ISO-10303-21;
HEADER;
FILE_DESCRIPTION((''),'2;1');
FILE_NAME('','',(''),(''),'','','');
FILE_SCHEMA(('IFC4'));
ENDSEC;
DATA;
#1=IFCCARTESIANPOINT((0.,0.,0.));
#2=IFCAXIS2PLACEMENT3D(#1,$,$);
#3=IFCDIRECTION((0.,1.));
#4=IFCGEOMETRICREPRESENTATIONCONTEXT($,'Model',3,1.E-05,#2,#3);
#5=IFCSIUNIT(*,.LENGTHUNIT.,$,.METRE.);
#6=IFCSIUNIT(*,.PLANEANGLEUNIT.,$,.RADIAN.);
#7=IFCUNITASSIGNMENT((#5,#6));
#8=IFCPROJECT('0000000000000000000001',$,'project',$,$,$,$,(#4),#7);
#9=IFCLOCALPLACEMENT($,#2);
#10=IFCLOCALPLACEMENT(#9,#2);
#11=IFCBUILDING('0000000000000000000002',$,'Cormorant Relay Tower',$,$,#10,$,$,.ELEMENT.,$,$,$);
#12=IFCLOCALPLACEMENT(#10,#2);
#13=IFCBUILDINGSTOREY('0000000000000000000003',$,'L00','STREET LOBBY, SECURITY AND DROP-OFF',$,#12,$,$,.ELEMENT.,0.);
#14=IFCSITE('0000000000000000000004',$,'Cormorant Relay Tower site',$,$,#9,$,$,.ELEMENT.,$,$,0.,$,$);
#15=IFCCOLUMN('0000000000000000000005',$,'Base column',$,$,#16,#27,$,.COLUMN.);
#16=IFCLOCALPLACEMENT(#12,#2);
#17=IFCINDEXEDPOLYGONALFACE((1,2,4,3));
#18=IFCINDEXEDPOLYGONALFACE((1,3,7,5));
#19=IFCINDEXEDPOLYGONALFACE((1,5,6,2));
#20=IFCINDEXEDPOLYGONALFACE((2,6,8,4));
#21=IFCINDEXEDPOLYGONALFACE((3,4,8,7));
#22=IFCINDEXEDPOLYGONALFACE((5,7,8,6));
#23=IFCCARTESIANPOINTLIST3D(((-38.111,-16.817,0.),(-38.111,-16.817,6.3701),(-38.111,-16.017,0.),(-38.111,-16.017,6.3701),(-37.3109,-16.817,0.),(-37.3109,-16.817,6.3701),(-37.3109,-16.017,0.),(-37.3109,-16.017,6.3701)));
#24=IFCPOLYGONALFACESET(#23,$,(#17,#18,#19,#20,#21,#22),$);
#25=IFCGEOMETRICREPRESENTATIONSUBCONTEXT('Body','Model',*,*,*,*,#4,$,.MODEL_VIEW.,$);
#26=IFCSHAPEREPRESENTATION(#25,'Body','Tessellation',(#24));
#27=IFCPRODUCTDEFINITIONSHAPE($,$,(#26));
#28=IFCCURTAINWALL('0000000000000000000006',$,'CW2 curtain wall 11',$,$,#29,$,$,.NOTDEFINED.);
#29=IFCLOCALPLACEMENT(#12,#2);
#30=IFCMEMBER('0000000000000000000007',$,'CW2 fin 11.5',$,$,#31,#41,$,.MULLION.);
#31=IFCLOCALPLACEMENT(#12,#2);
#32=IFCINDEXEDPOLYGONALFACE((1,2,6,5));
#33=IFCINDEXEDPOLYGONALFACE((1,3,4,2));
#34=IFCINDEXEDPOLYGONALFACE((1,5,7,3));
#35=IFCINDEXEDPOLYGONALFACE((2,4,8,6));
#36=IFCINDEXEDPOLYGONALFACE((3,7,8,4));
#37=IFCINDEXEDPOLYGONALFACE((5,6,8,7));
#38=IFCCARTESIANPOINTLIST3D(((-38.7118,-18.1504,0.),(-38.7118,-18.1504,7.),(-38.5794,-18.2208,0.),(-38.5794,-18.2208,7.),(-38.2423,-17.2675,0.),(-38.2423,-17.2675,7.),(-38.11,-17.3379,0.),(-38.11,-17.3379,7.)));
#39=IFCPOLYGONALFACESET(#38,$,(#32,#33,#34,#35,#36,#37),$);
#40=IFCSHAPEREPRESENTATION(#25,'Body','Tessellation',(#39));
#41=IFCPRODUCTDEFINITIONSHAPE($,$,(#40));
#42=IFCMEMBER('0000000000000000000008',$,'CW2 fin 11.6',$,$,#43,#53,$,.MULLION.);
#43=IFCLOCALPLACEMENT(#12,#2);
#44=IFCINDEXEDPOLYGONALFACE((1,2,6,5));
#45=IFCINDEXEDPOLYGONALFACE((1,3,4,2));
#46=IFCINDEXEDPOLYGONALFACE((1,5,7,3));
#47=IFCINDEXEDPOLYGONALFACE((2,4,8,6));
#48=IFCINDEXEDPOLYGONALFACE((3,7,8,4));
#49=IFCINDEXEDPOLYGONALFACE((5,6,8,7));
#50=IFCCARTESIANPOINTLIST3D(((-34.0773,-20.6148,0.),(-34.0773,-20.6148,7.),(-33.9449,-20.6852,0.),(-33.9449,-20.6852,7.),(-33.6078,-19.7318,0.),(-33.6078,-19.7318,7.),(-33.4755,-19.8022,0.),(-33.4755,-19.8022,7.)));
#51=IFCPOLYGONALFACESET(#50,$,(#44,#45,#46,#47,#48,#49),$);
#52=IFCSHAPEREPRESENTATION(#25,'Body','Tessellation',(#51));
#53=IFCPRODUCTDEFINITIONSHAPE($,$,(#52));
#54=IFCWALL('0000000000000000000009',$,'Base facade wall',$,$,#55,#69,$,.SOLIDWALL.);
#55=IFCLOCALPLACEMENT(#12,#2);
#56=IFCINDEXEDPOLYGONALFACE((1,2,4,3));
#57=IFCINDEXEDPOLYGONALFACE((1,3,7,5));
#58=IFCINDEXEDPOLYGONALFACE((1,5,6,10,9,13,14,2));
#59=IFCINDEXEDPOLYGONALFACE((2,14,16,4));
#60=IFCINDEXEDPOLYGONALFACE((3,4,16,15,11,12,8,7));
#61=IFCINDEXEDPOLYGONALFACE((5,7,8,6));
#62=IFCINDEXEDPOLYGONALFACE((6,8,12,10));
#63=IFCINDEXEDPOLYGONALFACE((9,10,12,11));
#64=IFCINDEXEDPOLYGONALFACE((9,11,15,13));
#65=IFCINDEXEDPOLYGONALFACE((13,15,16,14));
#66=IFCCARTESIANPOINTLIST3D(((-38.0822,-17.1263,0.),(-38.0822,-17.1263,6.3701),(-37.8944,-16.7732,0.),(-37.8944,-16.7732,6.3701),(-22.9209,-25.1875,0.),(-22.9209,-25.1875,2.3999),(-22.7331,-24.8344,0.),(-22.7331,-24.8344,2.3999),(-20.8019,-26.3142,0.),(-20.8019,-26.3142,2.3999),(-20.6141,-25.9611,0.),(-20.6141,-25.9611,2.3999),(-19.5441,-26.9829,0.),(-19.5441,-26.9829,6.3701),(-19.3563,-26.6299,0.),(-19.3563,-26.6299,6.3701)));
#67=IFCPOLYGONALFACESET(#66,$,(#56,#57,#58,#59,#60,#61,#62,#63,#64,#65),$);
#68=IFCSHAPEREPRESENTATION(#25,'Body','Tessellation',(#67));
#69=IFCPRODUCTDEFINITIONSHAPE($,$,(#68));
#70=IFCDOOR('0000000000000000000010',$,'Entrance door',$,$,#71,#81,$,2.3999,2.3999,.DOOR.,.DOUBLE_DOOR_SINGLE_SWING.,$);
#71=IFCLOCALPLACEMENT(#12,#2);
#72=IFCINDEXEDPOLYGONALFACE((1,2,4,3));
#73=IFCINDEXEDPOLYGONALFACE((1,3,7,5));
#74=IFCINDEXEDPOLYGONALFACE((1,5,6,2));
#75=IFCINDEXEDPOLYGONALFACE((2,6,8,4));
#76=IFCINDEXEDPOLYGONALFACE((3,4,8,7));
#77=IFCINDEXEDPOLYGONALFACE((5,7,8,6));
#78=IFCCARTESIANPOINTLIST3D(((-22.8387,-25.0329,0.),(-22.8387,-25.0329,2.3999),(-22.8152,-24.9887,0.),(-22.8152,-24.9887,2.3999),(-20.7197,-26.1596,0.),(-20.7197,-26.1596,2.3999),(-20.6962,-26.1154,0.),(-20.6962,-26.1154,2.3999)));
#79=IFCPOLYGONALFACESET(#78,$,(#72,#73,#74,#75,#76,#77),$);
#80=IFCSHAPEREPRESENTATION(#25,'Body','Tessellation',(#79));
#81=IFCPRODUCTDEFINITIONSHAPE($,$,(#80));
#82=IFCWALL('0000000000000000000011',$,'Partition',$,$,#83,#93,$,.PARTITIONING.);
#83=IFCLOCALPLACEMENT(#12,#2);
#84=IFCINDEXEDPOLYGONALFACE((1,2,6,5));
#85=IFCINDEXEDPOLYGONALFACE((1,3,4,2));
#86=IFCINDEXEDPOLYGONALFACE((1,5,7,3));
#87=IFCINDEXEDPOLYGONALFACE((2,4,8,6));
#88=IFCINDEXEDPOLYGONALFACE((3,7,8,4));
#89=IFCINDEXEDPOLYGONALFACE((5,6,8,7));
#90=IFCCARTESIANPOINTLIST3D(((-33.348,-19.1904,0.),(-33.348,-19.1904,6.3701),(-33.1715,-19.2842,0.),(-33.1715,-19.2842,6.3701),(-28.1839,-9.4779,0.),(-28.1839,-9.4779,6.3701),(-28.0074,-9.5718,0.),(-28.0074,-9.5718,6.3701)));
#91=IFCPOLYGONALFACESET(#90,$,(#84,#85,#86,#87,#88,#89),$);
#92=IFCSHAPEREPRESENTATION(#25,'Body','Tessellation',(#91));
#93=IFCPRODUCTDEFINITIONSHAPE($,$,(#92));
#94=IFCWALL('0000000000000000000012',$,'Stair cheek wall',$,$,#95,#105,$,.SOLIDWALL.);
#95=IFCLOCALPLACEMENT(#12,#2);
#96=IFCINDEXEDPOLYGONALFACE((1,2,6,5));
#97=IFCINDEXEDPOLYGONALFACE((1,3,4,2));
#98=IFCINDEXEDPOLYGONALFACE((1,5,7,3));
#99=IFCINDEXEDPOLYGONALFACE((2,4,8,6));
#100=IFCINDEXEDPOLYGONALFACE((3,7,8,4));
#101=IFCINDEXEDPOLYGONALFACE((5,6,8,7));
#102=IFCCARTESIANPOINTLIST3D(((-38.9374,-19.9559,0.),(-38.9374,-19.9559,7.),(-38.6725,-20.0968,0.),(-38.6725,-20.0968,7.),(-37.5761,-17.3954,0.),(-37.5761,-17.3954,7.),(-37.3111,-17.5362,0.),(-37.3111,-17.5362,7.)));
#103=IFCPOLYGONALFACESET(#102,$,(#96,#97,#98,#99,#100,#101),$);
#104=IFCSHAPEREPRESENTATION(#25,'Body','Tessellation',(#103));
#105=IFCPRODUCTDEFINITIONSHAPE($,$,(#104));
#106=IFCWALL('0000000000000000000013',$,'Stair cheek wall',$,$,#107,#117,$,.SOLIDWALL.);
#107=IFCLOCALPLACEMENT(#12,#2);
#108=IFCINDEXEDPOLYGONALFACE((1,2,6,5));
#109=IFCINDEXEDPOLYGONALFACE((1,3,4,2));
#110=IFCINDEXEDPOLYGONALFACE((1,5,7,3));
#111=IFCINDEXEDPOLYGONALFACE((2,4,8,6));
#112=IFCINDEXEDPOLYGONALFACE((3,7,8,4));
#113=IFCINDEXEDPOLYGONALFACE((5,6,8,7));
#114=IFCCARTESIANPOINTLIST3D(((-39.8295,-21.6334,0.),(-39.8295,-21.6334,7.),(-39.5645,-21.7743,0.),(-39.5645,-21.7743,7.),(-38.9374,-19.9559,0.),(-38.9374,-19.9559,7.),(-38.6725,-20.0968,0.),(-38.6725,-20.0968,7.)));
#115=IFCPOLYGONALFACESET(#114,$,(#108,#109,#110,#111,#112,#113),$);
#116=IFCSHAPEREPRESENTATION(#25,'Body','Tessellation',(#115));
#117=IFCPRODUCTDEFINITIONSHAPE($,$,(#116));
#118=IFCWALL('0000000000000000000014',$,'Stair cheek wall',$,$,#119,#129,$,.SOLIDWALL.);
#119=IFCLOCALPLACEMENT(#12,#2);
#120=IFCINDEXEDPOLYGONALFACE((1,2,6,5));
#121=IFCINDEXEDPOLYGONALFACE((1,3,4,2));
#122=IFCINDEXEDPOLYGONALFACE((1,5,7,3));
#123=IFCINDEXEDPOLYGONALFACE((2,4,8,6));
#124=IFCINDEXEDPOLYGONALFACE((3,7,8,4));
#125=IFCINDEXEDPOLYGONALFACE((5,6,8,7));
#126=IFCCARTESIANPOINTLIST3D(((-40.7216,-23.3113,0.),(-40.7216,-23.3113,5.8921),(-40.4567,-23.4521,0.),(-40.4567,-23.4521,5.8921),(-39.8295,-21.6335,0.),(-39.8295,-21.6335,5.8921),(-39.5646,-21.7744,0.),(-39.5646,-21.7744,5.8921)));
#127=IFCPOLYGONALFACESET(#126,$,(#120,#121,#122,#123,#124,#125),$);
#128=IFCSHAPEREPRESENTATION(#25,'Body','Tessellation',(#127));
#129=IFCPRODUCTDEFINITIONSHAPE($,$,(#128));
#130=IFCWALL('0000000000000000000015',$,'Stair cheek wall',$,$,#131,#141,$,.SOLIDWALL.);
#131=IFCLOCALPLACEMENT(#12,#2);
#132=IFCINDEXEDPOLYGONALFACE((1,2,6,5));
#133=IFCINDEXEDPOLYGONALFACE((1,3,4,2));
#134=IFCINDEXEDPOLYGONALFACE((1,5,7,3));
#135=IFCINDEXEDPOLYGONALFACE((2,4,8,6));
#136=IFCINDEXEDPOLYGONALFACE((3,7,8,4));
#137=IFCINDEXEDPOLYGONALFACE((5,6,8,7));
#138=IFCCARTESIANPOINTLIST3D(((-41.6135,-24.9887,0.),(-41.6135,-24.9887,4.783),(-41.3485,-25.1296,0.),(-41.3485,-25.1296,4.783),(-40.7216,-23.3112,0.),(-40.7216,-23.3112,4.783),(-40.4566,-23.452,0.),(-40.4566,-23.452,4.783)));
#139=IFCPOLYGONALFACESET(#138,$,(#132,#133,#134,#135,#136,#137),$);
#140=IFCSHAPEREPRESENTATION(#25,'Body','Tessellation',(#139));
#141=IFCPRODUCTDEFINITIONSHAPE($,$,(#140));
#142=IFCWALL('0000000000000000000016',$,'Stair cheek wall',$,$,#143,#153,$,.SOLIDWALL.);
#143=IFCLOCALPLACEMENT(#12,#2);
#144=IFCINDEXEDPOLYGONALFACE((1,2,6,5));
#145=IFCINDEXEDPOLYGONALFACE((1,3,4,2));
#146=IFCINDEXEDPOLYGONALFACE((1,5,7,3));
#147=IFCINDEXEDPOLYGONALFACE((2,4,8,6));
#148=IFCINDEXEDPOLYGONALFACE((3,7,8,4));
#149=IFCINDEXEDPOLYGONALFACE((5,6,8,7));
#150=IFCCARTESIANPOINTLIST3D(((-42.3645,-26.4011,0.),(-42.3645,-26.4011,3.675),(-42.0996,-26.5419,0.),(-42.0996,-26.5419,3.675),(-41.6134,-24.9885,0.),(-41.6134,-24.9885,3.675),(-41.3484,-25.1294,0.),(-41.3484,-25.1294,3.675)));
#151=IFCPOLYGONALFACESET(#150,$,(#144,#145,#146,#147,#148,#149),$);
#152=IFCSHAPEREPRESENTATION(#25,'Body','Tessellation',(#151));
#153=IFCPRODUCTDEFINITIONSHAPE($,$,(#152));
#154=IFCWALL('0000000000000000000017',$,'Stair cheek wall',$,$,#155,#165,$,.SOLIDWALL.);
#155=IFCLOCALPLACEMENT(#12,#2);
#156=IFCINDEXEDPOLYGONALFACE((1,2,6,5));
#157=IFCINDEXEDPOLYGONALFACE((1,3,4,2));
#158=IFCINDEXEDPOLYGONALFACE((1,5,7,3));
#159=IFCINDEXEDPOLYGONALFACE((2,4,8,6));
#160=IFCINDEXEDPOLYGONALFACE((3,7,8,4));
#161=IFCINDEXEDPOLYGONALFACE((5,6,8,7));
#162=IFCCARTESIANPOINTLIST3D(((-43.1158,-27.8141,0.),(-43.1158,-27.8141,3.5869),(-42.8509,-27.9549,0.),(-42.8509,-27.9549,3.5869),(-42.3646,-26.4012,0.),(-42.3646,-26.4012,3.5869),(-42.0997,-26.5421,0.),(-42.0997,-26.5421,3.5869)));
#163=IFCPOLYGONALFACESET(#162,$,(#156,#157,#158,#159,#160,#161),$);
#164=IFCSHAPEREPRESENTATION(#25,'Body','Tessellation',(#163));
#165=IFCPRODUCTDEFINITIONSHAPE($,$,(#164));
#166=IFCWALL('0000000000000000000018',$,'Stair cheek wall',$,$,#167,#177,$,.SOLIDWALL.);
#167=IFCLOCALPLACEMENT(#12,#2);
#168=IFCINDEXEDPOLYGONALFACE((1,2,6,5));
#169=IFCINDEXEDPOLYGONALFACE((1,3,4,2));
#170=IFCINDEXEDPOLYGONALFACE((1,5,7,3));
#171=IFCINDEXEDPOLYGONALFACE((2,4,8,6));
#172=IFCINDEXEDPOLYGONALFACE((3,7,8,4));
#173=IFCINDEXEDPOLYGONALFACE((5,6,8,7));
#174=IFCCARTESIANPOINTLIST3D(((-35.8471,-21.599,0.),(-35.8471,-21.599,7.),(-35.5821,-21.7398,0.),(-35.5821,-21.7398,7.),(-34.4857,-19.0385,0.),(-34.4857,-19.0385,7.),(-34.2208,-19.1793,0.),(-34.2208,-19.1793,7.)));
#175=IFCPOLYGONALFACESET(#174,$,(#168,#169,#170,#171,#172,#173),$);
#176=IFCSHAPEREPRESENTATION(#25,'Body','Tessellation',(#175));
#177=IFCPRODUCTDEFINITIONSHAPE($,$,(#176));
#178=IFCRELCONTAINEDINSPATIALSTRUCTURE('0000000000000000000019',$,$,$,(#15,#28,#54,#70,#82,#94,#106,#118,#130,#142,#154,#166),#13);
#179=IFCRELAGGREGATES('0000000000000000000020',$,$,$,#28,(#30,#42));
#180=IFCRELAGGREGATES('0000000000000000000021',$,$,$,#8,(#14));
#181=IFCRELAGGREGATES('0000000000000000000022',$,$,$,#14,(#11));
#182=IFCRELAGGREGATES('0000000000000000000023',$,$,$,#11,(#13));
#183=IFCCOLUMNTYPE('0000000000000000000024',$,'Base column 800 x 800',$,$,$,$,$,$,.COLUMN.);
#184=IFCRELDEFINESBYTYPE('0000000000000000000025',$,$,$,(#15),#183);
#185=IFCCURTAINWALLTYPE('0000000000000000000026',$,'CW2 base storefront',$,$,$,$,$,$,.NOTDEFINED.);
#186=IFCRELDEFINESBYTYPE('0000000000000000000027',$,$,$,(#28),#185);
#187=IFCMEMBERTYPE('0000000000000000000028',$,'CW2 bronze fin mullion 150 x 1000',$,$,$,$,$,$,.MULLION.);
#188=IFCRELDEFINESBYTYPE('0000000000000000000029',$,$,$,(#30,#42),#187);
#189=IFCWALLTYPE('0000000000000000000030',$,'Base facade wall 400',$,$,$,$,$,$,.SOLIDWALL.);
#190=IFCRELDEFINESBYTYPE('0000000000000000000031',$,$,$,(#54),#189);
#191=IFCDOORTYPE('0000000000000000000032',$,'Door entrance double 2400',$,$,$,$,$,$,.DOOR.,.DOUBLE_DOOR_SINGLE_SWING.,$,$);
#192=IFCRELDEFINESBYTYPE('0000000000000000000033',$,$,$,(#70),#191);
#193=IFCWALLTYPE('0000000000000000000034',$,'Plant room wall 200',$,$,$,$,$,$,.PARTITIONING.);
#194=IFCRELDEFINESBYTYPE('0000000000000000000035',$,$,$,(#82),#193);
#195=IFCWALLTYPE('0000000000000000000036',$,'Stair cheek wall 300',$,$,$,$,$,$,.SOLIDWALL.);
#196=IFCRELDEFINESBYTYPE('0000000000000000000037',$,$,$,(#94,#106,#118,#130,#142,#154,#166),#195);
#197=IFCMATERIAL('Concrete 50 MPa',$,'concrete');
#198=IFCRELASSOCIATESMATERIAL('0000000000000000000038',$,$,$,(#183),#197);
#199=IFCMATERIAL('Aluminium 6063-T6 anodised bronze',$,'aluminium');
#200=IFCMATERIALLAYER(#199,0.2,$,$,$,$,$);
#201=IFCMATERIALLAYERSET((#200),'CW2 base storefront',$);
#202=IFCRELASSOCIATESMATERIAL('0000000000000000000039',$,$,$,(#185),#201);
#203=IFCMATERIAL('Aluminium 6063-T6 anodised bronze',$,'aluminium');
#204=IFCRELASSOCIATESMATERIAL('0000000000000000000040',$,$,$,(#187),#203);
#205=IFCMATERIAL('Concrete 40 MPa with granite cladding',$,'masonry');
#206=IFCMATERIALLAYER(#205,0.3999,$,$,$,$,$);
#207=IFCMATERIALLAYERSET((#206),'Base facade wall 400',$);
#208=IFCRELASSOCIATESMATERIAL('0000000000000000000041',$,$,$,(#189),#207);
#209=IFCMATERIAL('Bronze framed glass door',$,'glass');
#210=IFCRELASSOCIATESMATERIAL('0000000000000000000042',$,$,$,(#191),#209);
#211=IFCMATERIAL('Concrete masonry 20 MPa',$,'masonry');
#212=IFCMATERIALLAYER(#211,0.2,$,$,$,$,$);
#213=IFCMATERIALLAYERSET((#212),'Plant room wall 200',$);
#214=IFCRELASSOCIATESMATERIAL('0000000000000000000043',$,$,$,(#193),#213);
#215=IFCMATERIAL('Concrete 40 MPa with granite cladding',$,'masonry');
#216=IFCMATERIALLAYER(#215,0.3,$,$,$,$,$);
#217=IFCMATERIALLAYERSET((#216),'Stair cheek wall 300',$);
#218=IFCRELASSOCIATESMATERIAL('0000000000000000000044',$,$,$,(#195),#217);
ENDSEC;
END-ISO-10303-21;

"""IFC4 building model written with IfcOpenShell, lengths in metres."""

from ifc_helpers import new_model, si_unit, direction, frame, frame_2d, origin, origin_2d, place, context, subcontext, project, spatial, rectangle, extrude, material, layer, layer_set, material_profile, profile_set, type_object, element, fill, aggregate, save


model = new_model("IFC4")

# Units and contexts
model_context = context("Model", 3, precision=1e-05, world=origin(), true_north=direction((0.0, 1.0)))
body_context = subcontext(model_context, "Body", "Model", "MODEL_VIEW")
ifc_project = project(units=[si_unit("LENGTHUNIT", "METRE"), si_unit("PLANEANGLEUNIT", "RADIAN")], contexts=[model_context])

# Site, building, storey
site_placement = place(None, origin())
site = spatial("IfcSite", under=ifc_project, at=site_placement, Name="Cormorant Relay Tower site", CompositionType="ELEMENT", RefElevation=0.0)
building_placement = place(site_placement, origin())
building = spatial("IfcBuilding", under=site, at=building_placement, Name="Cormorant Relay Tower", CompositionType="ELEMENT")
storey_placement = place(building_placement, origin())
storey = spatial("IfcBuildingStorey", under=building, at=storey_placement, Name="L00", Description="STREET LOBBY, SECURITY AND DROP-OFF", CompositionType="ELEMENT", Elevation=0.0)

# Column
ifc_material_1 = material(Name="Concrete 50 MPa", Category="concrete")
ifc_material_profile_1 = material_profile(ifc_material_1, rectangle(XDim=0.8, YDim=0.8, at=origin_2d()), Name="RC 800x800")
ifc_profile_set_1 = profile_set([ifc_material_profile_1], Name="Concrete 50 MPa")
column_type = type_object("IfcColumnType", Name="Base column 800 x 800", PredefinedType="COLUMN", material=ifc_profile_set_1)
column_placement = place(storey_placement, frame((-37.7109, -16.417, 0.0), z_axis=(0.0, 0.0, 1.0), x_axis=(1.0, 0.0, 0.0)))
element("IfcColumn", 1, at=column_placement, inside=storey, type_object=column_type, Name="Base column", PredefinedType="COLUMN", context=body_context, shape_type="SweptSolid", body=[
    extrude(rectangle(XDim=0.8, YDim=0.8, at=origin_2d()), origin(), (0.0, 0.0, 1.0), 6.3701),
])

# Curtain wall, members
ifc_material_2 = material(Name="Aluminium 6063-T6 anodised bronze", Category="aluminium")
ifc_layer_1 = layer(ifc_material_2, 0.2)
ifc_layer_set_1 = layer_set([ifc_layer_1], Name="CW2 base storefront")
curtain_wall_type = type_object("IfcCurtainWallType", Name="CW2 base storefront", PredefinedType="NOTDEFINED", material=ifc_layer_set_1)
curtain_wall_placement = place(storey_placement, origin())
curtain_wall = element("IfcCurtainWall", 2, at=curtain_wall_placement, inside=storey, type_object=curtain_wall_type, Name="CW2 curtain wall 11", PredefinedType="NOTDEFINED")
ifc_material_3 = material(Name="Aluminium 6063-T6 anodised bronze", Category="aluminium")
ifc_material_profile_2 = material_profile(ifc_material_3, rectangle(XDim=0.1499, YDim=1.0, at=origin_2d()), Name="AL 150x1000")
ifc_profile_set_2 = profile_set([ifc_material_profile_2], Name="Aluminium 6063-T6 anodised bronze")
member_type = type_object("IfcMemberType", Name="CW2 bronze fin mullion 150 x 1000", PredefinedType="MULLION", material=ifc_profile_set_2)
member_1_placement = place(storey_placement, frame((-38.4109, -17.7441, 0.0), z_axis=(0.0, 0.0, 1.0), x_axis=(0.882948, -0.469472, 0.0)))
member_1 = element("IfcMember", 3, at=member_1_placement, type_object=member_type, Name="CW2 fin 11.5", PredefinedType="MULLION", context=body_context, shape_type="SweptSolid", body=[
    extrude(rectangle(XDim=0.1499, YDim=1.0, at=origin_2d()), origin(), (0.0, 0.0, 1.0), 7.0),
])
member_2_placement = place(storey_placement, frame((-33.7764, -20.2085, 0.0), z_axis=(0.0, 0.0, 1.0), x_axis=(0.882948, -0.469472, 0.0)))
member_2 = element("IfcMember", 4, at=member_2_placement, type_object=member_type, Name="CW2 fin 11.6", PredefinedType="MULLION", context=body_context, shape_type="SweptSolid", body=[
    extrude(rectangle(XDim=0.1499, YDim=1.0, at=origin_2d()), origin(), (0.0, 0.0, 1.0), 7.0),
])
aggregate(curtain_wall, [member_1, member_2])

# Wall, opening, door
ifc_material_4 = material(Name="Concrete 40 MPa with granite cladding", Category="masonry")
ifc_layer_2 = layer(ifc_material_4, 0.3999)
ifc_layer_set_2 = layer_set([ifc_layer_2], Name="Base facade wall 400")
wall_type_1 = type_object("IfcWallType", Name="Base facade wall 400", PredefinedType="SOLIDWALL", material=ifc_layer_set_2)
wall_1_placement = place(storey_placement, frame((-37.9883, -16.9497, 0.0), z_axis=(0.0, 0.0, 1.0), x_axis=(0.882951, -0.469465, 0.0)))
wall_1 = element("IfcWall", 5, at=wall_1_placement, inside=storey, type_object=wall_type_1, Name="Base facade wall", PredefinedType="SOLIDWALL", context=body_context, shape_type="SweptSolid", body=[
    extrude(rectangle(XDim=20.9956, YDim=0.3999, at=frame_2d((10.4978, 0.0))), origin(), (0.0, 0.0, 1.0), 6.3701),
])
opening_placement = place(wall_1_placement, frame((17.1711, 0.0, 0.0)))
opening = element("IfcOpeningElement", 6, at=opening_placement, cuts=wall_1, PredefinedType="OPENING", context=body_context, shape_type="SweptSolid", body=[
    extrude(rectangle(XDim=2.3999, YDim=2.3999, at=frame_2d((1.2, 1.2))), frame((0.0, 0.21, 0.0), z_axis=(0.0, -1.0, 0.0), x_axis=(1.0, 0.0, 0.0)), (0.0, 0.0, 1.0), 0.4199),
])
ifc_material_5 = material(Name="Bronze framed glass door", Category="glass")
door_type = type_object("IfcDoorType", Name="Door entrance double 2400", OperationType="DOUBLE_DOOR_SINGLE_SWING", PredefinedType="DOOR", material=ifc_material_5)
door_placement = place(opening_placement, frame((2.3999, 0.0, 0.0), z_axis=(0.0, 0.0, 1.0), x_axis=(-1.0, 0.0, 0.0)))
door = element("IfcDoor", 7, at=door_placement, inside=storey, type_object=door_type, Name="Entrance door", OperationType="DOUBLE_DOOR_SINGLE_SWING", OverallHeight=2.3999, OverallWidth=2.3999, PredefinedType="DOOR", context=body_context, shape_type="SweptSolid", body=[
    extrude(rectangle(XDim=2.3999, YDim=2.3999, at=frame_2d((1.2, 1.2))), frame((0.0, 0.0249, 0.0), z_axis=(0.0, -1.0, 0.0), x_axis=(1.0, 0.0, 0.0)), (0.0, 0.0, 1.0), 0.05),
])
fill(opening, door)

# Walls
ifc_material_6 = material(Name="Concrete masonry 20 MPa", Category="masonry")
ifc_layer_3 = layer(ifc_material_6, 0.2)
ifc_layer_set_3 = layer_set([ifc_layer_3], Name="Plant room wall 200")
wall_type_2 = type_object("IfcWallType", Name="Plant room wall 200", PredefinedType="PARTITIONING", material=ifc_layer_set_3)
wall_2_placement = place(storey_placement, frame((-33.2598, -19.2373, 0.0), z_axis=(0.0, 0.0, 1.0), x_axis=(0.469464, 0.882952, 0.0)))
element("IfcWall", 8, at=wall_2_placement, inside=storey, type_object=wall_type_2, Name="Partition", PredefinedType="PARTITIONING", context=body_context, shape_type="SweptSolid", body=[
    extrude(rectangle(XDim=11.0, YDim=0.2, at=frame_2d((5.5, 0.0))), origin(), (0.0, 0.0, 1.0), 6.3701),
])
ifc_material_7 = material(Name="Concrete 40 MPa with granite cladding", Category="masonry")
ifc_layer_4 = layer(ifc_material_7, 0.3)
ifc_layer_set_4 = layer_set([ifc_layer_4], Name="Stair cheek wall 300")
wall_type_3 = type_object("IfcWallType", Name="Stair cheek wall 300", PredefinedType="SOLIDWALL", material=ifc_layer_set_4)
wall_3_placement = place(storey_placement, frame((-37.4436, -17.4658, 0.0), z_axis=(0.0, 0.0, 1.0), x_axis=(-0.469434, -0.882967, 0.0)))
element("IfcWall", 9, at=wall_3_placement, inside=storey, type_object=wall_type_3, Name="Stair cheek wall", PredefinedType="SOLIDWALL", context=body_context, shape_type="SweptSolid", body=[
    extrude(rectangle(XDim=2.8999, YDim=0.3, at=frame_2d((1.45, 0.0))), origin(), (0.0, 0.0, 1.0), 7.0),
])
wall_4_placement = place(storey_placement, frame((-38.8049, -20.0264, 0.0), z_axis=(0.0, 0.0, 1.0), x_axis=(-0.469534, -0.882914, 0.0)))
element("IfcWall", 10, at=wall_4_placement, inside=storey, type_object=wall_type_3, Name="Stair cheek wall", PredefinedType="SOLIDWALL", context=body_context, shape_type="SweptSolid", body=[
    extrude(rectangle(XDim=1.8999, YDim=0.3, at=frame_2d((0.95, 0.0))), origin(), (0.0, 0.0, 1.0), 7.0),
])
wall_5_placement = place(storey_placement, frame((-39.697, -21.7039, 0.0), z_axis=(0.0, 0.0, 1.0), x_axis=(-0.469481, -0.882943, 0.0)))
element("IfcWall", 11, at=wall_5_placement, inside=storey, type_object=wall_type_3, Name="Stair cheek wall", PredefinedType="SOLIDWALL", context=body_context, shape_type="SweptSolid", body=[
    extrude(rectangle(XDim=1.9001, YDim=0.3, at=frame_2d((0.9502, 0.0))), origin(), (0.0, 0.0, 1.0), 5.8921),
])
wall_6_placement = place(storey_placement, frame((-40.5891, -23.3816, 0.0), z_axis=(0.0, 0.0, 1.0), x_axis=(-0.469434, -0.882968, 0.0)))
element("IfcWall", 12, at=wall_6_placement, inside=storey, type_object=wall_type_3, Name="Stair cheek wall", PredefinedType="SOLIDWALL", context=body_context, shape_type="SweptSolid", body=[
    extrude(rectangle(XDim=1.8999, YDim=0.3, at=frame_2d((0.95, 0.0))), origin(), (0.0, 0.0, 1.0), 4.783),
])
wall_7_placement = place(storey_placement, frame((-41.481, -25.0591, 0.0), z_axis=(0.0, 0.0, 1.0), x_axis=(-0.469535, -0.882914, 0.0)))
element("IfcWall", 13, at=wall_7_placement, inside=storey, type_object=wall_type_3, Name="Stair cheek wall", PredefinedType="SOLIDWALL", context=body_context, shape_type="SweptSolid", body=[
    extrude(rectangle(XDim=1.5999, YDim=0.3, at=frame_2d((0.7998, 0.0))), origin(), (0.0, 0.0, 1.0), 3.675),
])
wall_8_placement = place(storey_placement, frame((-42.2322, -26.4717, 0.0), z_axis=(0.0, 0.0, 1.0), x_axis=(-0.469471, -0.882948, 0.0)))
element("IfcWall", 14, at=wall_8_placement, inside=storey, type_object=wall_type_3, Name="Stair cheek wall", PredefinedType="SOLIDWALL", context=body_context, shape_type="SweptSolid", body=[
    extrude(rectangle(XDim=1.6001, YDim=0.3, at=frame_2d((0.8, 0.0))), origin(), (0.0, 0.0, 1.0), 3.5869),
])
wall_9_placement = place(storey_placement, frame((-34.3533, -19.1089, 0.0), z_axis=(0.0, 0.0, 1.0), x_axis=(-0.469434, -0.882967, 0.0)))
element("IfcWall", 15, at=wall_9_placement, inside=storey, type_object=wall_type_3, Name="Stair cheek wall", PredefinedType="SOLIDWALL", context=body_context, shape_type="SweptSolid", body=[
    extrude(rectangle(XDim=2.8999, YDim=0.3, at=frame_2d((1.45, 0.0))), origin(), (0.0, 0.0, 1.0), 7.0),
])

save(model, "model.ifc")
